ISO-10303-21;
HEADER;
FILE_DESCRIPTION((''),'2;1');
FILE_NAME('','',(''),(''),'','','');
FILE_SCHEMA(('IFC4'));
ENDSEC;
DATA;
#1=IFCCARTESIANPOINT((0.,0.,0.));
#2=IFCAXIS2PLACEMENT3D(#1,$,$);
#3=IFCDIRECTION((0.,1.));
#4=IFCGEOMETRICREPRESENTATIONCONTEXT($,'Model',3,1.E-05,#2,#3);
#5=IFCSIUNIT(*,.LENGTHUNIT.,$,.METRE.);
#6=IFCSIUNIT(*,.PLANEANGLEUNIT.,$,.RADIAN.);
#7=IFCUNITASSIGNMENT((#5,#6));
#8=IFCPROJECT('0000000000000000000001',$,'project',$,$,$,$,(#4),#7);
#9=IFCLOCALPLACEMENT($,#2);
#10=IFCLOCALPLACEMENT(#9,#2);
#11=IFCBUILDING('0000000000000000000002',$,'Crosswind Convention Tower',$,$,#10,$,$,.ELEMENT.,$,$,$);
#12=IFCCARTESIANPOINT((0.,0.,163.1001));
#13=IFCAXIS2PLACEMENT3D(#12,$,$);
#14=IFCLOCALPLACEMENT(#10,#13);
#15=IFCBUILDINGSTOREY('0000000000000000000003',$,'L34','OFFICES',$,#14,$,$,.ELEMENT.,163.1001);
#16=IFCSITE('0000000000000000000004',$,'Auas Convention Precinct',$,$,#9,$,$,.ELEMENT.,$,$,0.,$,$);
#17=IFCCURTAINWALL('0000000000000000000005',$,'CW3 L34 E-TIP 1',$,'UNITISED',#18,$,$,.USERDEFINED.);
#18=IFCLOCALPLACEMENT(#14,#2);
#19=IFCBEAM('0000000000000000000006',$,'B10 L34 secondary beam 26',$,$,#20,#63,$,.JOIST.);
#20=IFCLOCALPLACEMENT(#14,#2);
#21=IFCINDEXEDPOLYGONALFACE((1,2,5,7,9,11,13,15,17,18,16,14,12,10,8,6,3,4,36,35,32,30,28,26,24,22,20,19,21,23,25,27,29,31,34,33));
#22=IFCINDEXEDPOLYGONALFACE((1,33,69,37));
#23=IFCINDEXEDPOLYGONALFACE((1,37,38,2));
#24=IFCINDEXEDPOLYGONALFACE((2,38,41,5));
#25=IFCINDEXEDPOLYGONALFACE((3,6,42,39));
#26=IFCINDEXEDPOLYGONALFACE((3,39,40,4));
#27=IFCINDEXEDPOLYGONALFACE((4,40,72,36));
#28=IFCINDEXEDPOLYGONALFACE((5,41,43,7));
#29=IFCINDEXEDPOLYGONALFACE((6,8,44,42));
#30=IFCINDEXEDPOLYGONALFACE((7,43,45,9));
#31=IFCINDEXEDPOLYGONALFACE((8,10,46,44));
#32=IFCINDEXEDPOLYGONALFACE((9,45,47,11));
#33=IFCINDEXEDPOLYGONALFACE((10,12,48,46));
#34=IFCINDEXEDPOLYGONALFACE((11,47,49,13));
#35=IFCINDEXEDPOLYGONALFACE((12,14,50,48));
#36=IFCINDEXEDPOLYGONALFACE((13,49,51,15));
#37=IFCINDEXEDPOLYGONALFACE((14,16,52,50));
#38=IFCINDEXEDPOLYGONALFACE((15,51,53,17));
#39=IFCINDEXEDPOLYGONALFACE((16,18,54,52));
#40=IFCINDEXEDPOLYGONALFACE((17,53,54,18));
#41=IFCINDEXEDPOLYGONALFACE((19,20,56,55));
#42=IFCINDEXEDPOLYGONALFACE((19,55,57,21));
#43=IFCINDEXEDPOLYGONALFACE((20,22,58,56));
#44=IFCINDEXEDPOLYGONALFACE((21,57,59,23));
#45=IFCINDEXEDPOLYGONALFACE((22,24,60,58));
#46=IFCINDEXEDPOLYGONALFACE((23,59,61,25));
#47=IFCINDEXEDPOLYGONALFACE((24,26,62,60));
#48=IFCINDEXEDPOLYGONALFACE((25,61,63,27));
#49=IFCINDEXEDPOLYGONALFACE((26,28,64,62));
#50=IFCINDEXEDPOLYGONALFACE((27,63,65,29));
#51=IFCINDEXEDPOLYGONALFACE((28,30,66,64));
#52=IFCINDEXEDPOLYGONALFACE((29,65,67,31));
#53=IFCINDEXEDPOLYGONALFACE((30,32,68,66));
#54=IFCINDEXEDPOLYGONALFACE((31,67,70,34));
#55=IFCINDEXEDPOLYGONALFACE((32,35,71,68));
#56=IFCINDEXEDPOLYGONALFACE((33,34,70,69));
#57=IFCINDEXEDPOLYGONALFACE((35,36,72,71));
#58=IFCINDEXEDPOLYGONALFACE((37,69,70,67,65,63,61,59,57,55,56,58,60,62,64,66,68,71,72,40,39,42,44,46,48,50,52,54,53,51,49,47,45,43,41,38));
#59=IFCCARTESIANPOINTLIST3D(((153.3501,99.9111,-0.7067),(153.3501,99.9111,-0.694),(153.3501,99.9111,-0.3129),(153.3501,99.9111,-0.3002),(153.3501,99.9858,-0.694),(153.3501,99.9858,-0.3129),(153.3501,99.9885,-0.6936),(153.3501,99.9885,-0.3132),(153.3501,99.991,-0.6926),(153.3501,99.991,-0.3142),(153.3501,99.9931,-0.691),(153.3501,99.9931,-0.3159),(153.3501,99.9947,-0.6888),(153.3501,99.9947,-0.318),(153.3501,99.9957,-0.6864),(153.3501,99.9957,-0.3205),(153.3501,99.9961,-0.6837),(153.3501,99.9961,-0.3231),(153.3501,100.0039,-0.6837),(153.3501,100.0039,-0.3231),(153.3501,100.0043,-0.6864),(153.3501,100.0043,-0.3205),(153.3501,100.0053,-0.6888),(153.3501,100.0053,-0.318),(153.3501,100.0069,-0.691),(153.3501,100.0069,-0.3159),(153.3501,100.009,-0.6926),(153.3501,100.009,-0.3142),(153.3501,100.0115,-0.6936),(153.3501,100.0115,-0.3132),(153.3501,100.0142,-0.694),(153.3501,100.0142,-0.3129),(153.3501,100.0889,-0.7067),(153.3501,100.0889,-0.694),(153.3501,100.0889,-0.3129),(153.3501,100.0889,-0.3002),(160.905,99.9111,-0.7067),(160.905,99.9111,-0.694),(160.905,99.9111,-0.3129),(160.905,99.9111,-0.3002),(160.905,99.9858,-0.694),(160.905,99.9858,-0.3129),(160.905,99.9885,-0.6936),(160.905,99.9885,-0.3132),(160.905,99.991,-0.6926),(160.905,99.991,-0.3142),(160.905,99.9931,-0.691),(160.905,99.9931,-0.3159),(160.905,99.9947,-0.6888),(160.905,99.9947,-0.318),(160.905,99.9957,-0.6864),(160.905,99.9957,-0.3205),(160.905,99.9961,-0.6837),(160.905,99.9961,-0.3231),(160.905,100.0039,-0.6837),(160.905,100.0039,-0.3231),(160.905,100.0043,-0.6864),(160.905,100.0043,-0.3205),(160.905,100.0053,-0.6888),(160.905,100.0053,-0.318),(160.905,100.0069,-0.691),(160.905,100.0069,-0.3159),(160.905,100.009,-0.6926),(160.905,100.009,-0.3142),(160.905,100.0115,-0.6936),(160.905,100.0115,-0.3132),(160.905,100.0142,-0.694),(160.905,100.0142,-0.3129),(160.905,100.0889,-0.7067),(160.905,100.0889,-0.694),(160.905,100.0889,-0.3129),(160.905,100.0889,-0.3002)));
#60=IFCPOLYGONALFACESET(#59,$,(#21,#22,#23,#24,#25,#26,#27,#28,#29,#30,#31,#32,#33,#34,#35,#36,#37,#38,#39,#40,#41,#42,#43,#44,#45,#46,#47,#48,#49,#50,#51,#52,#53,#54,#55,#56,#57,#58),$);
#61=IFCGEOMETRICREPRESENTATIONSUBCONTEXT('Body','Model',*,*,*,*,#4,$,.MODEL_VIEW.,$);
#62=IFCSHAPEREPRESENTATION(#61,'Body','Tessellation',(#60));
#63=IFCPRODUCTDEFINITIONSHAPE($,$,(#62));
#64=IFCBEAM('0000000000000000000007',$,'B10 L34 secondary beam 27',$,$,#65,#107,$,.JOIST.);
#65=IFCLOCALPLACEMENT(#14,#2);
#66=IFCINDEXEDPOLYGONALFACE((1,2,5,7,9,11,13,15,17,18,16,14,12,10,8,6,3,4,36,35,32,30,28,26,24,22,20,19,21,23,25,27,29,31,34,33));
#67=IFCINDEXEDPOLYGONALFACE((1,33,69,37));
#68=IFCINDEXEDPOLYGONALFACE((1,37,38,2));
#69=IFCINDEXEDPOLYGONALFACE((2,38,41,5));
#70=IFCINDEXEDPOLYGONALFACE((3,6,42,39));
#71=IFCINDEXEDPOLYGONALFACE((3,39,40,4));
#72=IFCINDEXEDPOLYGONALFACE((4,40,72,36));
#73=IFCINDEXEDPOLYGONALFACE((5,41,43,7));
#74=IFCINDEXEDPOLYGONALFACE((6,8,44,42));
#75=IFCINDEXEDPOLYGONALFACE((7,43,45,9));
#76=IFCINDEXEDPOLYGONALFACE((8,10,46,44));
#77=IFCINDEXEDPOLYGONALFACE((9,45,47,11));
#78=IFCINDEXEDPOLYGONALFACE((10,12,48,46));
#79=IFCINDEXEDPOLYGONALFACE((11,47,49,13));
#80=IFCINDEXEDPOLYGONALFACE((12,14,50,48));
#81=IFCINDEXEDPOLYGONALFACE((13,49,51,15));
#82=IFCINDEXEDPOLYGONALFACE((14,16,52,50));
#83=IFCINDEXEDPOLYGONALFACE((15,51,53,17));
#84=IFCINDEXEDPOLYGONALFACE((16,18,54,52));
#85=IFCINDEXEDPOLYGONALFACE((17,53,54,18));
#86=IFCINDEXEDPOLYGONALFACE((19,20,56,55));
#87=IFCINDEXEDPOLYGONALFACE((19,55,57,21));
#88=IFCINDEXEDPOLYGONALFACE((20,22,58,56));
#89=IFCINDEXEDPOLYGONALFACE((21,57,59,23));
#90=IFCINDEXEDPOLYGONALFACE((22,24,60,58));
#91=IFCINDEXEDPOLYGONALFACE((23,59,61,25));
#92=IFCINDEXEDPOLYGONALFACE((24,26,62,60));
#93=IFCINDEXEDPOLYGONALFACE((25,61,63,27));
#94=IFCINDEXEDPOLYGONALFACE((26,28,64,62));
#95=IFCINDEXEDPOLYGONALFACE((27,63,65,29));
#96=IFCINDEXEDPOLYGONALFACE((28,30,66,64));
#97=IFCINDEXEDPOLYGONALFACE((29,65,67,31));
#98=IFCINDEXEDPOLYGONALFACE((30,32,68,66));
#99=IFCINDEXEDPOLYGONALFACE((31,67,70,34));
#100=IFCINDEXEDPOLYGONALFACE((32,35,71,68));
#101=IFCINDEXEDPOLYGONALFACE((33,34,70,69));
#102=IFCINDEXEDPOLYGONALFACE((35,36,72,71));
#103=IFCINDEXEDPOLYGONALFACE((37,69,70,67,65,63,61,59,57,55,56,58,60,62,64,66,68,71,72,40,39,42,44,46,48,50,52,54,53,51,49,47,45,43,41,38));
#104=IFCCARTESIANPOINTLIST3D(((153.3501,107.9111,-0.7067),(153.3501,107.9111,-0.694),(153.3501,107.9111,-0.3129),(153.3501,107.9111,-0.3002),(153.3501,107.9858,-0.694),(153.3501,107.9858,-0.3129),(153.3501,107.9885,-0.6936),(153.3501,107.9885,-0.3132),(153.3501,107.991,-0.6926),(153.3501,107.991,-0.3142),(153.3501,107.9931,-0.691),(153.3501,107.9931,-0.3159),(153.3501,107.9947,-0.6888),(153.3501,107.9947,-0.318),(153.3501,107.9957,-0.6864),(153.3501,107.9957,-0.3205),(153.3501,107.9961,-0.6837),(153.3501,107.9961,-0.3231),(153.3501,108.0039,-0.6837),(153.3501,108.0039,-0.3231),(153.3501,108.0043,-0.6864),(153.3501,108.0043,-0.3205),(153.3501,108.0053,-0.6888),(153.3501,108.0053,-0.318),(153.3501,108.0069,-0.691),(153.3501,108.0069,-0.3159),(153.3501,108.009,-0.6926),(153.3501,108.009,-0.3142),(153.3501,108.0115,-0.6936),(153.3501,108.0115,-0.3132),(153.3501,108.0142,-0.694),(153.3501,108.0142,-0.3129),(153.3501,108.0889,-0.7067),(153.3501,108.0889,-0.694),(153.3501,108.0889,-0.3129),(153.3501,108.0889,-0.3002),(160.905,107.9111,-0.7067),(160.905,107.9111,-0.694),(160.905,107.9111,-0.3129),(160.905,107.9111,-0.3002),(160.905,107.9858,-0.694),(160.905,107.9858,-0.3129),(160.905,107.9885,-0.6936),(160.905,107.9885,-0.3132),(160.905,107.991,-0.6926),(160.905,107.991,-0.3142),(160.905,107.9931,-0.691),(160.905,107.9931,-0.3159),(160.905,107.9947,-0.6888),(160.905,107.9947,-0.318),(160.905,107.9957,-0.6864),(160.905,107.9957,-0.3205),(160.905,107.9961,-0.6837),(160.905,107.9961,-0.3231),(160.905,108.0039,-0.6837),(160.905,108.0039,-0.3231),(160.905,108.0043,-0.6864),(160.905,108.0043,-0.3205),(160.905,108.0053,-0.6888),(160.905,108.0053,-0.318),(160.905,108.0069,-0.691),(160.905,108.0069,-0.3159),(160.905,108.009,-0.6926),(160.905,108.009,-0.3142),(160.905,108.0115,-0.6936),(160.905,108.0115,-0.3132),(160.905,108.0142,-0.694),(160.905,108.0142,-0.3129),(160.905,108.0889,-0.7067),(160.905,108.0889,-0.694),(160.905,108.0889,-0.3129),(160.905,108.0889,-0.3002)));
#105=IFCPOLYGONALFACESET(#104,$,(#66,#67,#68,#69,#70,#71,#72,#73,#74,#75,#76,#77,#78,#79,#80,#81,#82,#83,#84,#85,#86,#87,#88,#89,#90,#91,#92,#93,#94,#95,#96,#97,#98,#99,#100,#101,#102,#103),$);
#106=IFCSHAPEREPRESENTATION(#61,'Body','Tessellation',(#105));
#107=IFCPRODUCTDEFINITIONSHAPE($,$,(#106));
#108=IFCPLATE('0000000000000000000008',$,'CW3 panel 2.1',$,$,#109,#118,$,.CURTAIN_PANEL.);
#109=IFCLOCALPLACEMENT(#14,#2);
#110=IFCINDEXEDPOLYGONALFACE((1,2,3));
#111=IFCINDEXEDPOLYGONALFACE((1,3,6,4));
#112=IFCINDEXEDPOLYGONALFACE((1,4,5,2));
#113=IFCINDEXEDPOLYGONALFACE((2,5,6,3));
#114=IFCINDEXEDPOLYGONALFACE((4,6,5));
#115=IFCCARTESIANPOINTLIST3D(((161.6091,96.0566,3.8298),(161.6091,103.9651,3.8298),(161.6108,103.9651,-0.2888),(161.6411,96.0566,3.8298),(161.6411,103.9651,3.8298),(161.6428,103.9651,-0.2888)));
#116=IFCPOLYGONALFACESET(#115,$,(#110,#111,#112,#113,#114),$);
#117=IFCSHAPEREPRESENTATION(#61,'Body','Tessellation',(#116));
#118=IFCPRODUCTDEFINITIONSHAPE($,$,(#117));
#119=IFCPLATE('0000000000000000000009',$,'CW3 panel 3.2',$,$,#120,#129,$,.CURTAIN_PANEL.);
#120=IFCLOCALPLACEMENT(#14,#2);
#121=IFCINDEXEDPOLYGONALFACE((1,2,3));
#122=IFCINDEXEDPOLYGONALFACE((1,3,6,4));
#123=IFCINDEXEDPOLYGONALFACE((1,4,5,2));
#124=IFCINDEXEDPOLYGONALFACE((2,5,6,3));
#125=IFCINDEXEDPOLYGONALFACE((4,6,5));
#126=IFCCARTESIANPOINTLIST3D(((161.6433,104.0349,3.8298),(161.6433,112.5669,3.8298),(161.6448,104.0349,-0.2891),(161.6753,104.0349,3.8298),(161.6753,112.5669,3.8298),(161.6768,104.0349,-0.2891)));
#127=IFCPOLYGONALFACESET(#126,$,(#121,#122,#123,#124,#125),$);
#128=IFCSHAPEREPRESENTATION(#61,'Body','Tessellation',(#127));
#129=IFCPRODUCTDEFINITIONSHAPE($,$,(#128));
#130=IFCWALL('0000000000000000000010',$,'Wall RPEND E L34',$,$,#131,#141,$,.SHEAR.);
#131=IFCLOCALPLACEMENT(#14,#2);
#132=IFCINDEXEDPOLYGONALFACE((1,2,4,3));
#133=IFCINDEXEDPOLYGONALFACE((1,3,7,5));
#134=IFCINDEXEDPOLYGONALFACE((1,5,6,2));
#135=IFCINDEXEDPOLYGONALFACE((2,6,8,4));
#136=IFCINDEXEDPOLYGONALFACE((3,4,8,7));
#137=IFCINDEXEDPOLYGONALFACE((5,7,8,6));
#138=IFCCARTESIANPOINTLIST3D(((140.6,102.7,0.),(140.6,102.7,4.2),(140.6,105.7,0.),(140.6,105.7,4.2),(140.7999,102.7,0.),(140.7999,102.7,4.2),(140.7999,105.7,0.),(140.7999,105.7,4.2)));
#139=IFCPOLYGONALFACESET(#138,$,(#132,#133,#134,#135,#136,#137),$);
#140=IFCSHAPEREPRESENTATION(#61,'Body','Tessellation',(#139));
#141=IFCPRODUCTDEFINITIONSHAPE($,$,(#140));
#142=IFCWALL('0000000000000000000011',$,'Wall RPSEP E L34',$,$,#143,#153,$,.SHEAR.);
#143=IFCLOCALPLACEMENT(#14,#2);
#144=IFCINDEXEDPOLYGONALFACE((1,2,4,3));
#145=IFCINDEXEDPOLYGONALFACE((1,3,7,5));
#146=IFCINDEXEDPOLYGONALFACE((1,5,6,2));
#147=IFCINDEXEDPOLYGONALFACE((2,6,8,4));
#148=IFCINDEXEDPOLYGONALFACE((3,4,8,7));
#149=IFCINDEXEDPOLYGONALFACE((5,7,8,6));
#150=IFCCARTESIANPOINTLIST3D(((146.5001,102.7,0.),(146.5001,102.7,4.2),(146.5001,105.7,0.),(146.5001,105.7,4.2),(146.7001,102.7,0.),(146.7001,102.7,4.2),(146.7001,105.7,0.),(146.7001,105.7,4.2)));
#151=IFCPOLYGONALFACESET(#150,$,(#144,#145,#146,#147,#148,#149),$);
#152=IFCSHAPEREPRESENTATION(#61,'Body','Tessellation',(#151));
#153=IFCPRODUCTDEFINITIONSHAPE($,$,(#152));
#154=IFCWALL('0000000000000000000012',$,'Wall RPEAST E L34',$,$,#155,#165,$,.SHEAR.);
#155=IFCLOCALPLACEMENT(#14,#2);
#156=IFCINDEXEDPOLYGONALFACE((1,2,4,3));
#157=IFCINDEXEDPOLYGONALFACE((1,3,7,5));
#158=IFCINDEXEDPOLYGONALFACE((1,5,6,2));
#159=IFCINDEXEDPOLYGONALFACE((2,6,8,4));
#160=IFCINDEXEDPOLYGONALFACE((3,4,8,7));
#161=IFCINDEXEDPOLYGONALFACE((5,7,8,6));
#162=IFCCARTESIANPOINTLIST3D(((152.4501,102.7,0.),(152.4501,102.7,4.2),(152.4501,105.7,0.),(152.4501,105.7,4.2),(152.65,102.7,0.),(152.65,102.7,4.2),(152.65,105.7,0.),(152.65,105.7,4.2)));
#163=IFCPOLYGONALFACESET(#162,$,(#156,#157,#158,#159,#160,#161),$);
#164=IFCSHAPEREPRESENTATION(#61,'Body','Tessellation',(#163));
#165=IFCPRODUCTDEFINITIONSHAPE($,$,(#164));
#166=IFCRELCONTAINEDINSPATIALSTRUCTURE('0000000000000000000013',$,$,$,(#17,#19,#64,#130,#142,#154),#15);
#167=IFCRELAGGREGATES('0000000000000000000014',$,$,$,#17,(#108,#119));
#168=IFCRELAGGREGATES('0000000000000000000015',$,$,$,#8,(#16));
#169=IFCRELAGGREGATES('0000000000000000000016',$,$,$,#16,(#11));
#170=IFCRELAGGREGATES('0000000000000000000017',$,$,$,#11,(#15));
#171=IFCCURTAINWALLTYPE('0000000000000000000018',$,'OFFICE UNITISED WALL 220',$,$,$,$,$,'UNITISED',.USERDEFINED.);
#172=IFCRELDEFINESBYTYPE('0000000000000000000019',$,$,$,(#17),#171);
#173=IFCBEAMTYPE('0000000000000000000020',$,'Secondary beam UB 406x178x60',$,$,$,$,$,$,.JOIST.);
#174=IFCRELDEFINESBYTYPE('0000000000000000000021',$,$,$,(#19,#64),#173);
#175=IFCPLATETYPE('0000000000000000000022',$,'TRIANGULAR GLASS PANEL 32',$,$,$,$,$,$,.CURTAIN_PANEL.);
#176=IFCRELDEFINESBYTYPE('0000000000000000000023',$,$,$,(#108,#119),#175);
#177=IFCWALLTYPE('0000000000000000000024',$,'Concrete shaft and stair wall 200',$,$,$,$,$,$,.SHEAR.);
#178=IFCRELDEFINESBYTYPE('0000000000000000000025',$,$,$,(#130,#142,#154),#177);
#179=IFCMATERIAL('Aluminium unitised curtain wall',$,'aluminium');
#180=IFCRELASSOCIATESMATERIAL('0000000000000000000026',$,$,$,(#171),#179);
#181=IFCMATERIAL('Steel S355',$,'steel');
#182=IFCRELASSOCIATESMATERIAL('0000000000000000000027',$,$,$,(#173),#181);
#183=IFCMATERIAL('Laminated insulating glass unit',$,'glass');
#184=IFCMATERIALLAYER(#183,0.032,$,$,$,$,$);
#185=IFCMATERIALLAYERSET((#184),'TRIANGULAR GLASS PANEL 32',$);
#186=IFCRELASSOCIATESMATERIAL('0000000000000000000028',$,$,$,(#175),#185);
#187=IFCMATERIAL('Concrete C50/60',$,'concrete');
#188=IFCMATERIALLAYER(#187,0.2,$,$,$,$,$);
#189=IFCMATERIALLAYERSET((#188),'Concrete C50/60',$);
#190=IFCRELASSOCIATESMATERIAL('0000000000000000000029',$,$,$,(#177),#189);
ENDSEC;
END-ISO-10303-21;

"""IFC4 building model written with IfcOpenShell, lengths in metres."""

from ifc_helpers import new_model, si_unit, direction, frame, frame_2d, origin, origin_2d, place, context, subcontext, project, spatial, polyline, rectangle, i_section, outline, extrude, material, layer, layer_set, material_profile, profile_set, type_object, element, aggregate, save


model = new_model("IFC4")

# Units and contexts
model_context = context("Model", 3, precision=1e-05, world=origin(), true_north=direction((0.0, 1.0)))
body_context = subcontext(model_context, "Body", "Model", "MODEL_VIEW")
ifc_project = project(units=[si_unit("LENGTHUNIT", "METRE"), si_unit("PLANEANGLEUNIT", "RADIAN")], contexts=[model_context])

# Site, building, storey
site_placement = place(None, origin())
site = spatial("IfcSite", under=ifc_project, at=site_placement, Name="Auas Convention Precinct", CompositionType="ELEMENT", RefElevation=0.0)
building_placement = place(site_placement, origin())
building = spatial("IfcBuilding", under=site, at=building_placement, Name="Crosswind Convention Tower", CompositionType="ELEMENT")
storey_placement = place(building_placement, frame((0.0, 0.0, 163.1001)))
storey = spatial("IfcBuildingStorey", under=building, at=storey_placement, Name="L34", Description="OFFICES", CompositionType="ELEMENT", Elevation=163.1001)

# Shared definitions
ifc_material_1 = material(Name="Steel S355", Category="steel")

# Curtain wall
ifc_material_2 = material(Name="Aluminium unitised curtain wall", Category="aluminium")
curtain_wall_type = type_object("IfcCurtainWallType", Name="OFFICE UNITISED WALL 220", ElementType="UNITISED", PredefinedType="USERDEFINED", material=ifc_material_2)
curtain_wall_placement = place(storey_placement, origin())
curtain_wall = element("IfcCurtainWall", 1, at=curtain_wall_placement, inside=storey, type_object=curtain_wall_type, Name="CW3 L34 E-TIP 1", ObjectType="UNITISED", PredefinedType="USERDEFINED")

# Beams
ifc_material_profile_1 = material_profile(ifc_material_1, i_section(OverallWidth=0.1777, OverallDepth=0.4065, WebThickness=0.0078, FlangeThickness=0.0127, FilletRadius=0.0103, at=origin_2d()), Name="UB 406x178x60")
ifc_profile_set_1 = profile_set([ifc_material_profile_1], Name="Steel S355")
beam_type_1 = type_object("IfcBeamType", Name="Secondary beam UB 406x178x60", PredefinedType="JOIST", material=ifc_profile_set_1)
for number, where, z_axis, x_axis, name in (
    (2, (153.3501, 100.0, -0.5034), (1.0, 0.0, 0.0), (0.0, 1.0, 0.0), "B10 L34 secondary beam 26"),
    (3, (153.3501, 108.0, -0.5034), (1.0, 0.0, 0.0), (0.0, 1.0, 0.0), "B10 L34 secondary beam 27"),
):
    element("IfcBeam", number, at=place(storey_placement, frame(where, z_axis=z_axis, x_axis=x_axis)), inside=storey, type_object=beam_type_1, Name=name, PredefinedType="JOIST", context=body_context, shape_type="SweptSolid", body=[
        extrude(i_section(OverallWidth=0.1777, OverallDepth=0.4065, WebThickness=0.0078, FlangeThickness=0.0127, FilletRadius=0.0103, at=origin_2d()), origin(), (0.0, 0.0, 1.0), 7.5549),
    ])

# Plates
ifc_material_3 = material(Name="Laminated insulating glass unit", Category="glass")
ifc_layer_1 = layer(ifc_material_3, 0.032)
ifc_layer_set_1 = layer_set([ifc_layer_1], Name="TRIANGULAR GLASS PANEL 32")
plate_type = type_object("IfcPlateType", Name="TRIANGULAR GLASS PANEL 32", PredefinedType="CURTAIN_PANEL", material=ifc_layer_set_1)
plate_1_placement = place(storey_placement, frame((161.6411, 103.9651, 3.8298), z_axis=(1.0, 0.0, 0.000415), x_axis=(0.0, -1.0, 0.0)))
plate_1 = element("IfcPlate", 4, at=plate_1_placement, type_object=plate_type, Name="CW3 panel 2.1", PredefinedType="CURTAIN_PANEL", context=body_context, shape_type="SweptSolid", body=[
    extrude(outline(polyline([(0.0, 0.0), (7.9084, 0.0), (0.0, 4.1187), (0.0, 0.0)])), origin(), (0.0, 0.0, -1.0), 0.032),
])
plate_2_placement = place(storey_placement, frame((161.6753, 104.0349, 3.8298), z_axis=(1.0, 0.0, 0.000356), x_axis=(0.000356, 0.0, -1.0)))
plate_2 = element("IfcPlate", 5, at=plate_2_placement, type_object=plate_type, Name="CW3 panel 3.2", PredefinedType="CURTAIN_PANEL", context=body_context, shape_type="SweptSolid", body=[
    extrude(outline(polyline([(0.0, 0.0), (4.1189, 0.0), (0.0, 8.532), (0.0, 0.0)])), origin(), (0.0, 0.0, -1.0), 0.032),
])
aggregate(curtain_wall, [plate_1, plate_2])

# Walls
ifc_material_4 = material(Name="Concrete C50/60", Category="concrete")
ifc_layer_2 = layer(ifc_material_4, 0.2)
ifc_layer_set_2 = layer_set([ifc_layer_2], Name="Concrete C50/60")
wall_type_1 = type_object("IfcWallType", Name="Concrete shaft and stair wall 200", PredefinedType="SHEAR", material=ifc_layer_set_2)
for number, where, z_axis, x_axis, name in (
    (6, (140.7, 102.7, 0.0), (0.0, 0.0, 1.0), (0.0, 1.0, 0.0), "Wall RPEND E L34"),
    (7, (146.6001, 102.7, 0.0), (0.0, 0.0, 1.0), (0.0, 1.0, 0.0), "Wall RPSEP E L34"),
    (8, (152.55, 102.7, 0.0), (0.0, 0.0, 1.0), (0.0, 1.0, 0.0), "Wall RPEAST E L34"),
):
    element("IfcWall", number, at=place(storey_placement, frame(where, z_axis=z_axis, x_axis=x_axis)), inside=storey, type_object=wall_type_1, Name=name, PredefinedType="SHEAR", context=body_context, shape_type="SweptSolid", body=[
        extrude(rectangle(XDim=3.0, YDim=0.2, at=frame_2d((1.5, 0.0))), origin(), (0.0, 0.0, 1.0), 4.2),
    ])

save(model, "model.ifc")
